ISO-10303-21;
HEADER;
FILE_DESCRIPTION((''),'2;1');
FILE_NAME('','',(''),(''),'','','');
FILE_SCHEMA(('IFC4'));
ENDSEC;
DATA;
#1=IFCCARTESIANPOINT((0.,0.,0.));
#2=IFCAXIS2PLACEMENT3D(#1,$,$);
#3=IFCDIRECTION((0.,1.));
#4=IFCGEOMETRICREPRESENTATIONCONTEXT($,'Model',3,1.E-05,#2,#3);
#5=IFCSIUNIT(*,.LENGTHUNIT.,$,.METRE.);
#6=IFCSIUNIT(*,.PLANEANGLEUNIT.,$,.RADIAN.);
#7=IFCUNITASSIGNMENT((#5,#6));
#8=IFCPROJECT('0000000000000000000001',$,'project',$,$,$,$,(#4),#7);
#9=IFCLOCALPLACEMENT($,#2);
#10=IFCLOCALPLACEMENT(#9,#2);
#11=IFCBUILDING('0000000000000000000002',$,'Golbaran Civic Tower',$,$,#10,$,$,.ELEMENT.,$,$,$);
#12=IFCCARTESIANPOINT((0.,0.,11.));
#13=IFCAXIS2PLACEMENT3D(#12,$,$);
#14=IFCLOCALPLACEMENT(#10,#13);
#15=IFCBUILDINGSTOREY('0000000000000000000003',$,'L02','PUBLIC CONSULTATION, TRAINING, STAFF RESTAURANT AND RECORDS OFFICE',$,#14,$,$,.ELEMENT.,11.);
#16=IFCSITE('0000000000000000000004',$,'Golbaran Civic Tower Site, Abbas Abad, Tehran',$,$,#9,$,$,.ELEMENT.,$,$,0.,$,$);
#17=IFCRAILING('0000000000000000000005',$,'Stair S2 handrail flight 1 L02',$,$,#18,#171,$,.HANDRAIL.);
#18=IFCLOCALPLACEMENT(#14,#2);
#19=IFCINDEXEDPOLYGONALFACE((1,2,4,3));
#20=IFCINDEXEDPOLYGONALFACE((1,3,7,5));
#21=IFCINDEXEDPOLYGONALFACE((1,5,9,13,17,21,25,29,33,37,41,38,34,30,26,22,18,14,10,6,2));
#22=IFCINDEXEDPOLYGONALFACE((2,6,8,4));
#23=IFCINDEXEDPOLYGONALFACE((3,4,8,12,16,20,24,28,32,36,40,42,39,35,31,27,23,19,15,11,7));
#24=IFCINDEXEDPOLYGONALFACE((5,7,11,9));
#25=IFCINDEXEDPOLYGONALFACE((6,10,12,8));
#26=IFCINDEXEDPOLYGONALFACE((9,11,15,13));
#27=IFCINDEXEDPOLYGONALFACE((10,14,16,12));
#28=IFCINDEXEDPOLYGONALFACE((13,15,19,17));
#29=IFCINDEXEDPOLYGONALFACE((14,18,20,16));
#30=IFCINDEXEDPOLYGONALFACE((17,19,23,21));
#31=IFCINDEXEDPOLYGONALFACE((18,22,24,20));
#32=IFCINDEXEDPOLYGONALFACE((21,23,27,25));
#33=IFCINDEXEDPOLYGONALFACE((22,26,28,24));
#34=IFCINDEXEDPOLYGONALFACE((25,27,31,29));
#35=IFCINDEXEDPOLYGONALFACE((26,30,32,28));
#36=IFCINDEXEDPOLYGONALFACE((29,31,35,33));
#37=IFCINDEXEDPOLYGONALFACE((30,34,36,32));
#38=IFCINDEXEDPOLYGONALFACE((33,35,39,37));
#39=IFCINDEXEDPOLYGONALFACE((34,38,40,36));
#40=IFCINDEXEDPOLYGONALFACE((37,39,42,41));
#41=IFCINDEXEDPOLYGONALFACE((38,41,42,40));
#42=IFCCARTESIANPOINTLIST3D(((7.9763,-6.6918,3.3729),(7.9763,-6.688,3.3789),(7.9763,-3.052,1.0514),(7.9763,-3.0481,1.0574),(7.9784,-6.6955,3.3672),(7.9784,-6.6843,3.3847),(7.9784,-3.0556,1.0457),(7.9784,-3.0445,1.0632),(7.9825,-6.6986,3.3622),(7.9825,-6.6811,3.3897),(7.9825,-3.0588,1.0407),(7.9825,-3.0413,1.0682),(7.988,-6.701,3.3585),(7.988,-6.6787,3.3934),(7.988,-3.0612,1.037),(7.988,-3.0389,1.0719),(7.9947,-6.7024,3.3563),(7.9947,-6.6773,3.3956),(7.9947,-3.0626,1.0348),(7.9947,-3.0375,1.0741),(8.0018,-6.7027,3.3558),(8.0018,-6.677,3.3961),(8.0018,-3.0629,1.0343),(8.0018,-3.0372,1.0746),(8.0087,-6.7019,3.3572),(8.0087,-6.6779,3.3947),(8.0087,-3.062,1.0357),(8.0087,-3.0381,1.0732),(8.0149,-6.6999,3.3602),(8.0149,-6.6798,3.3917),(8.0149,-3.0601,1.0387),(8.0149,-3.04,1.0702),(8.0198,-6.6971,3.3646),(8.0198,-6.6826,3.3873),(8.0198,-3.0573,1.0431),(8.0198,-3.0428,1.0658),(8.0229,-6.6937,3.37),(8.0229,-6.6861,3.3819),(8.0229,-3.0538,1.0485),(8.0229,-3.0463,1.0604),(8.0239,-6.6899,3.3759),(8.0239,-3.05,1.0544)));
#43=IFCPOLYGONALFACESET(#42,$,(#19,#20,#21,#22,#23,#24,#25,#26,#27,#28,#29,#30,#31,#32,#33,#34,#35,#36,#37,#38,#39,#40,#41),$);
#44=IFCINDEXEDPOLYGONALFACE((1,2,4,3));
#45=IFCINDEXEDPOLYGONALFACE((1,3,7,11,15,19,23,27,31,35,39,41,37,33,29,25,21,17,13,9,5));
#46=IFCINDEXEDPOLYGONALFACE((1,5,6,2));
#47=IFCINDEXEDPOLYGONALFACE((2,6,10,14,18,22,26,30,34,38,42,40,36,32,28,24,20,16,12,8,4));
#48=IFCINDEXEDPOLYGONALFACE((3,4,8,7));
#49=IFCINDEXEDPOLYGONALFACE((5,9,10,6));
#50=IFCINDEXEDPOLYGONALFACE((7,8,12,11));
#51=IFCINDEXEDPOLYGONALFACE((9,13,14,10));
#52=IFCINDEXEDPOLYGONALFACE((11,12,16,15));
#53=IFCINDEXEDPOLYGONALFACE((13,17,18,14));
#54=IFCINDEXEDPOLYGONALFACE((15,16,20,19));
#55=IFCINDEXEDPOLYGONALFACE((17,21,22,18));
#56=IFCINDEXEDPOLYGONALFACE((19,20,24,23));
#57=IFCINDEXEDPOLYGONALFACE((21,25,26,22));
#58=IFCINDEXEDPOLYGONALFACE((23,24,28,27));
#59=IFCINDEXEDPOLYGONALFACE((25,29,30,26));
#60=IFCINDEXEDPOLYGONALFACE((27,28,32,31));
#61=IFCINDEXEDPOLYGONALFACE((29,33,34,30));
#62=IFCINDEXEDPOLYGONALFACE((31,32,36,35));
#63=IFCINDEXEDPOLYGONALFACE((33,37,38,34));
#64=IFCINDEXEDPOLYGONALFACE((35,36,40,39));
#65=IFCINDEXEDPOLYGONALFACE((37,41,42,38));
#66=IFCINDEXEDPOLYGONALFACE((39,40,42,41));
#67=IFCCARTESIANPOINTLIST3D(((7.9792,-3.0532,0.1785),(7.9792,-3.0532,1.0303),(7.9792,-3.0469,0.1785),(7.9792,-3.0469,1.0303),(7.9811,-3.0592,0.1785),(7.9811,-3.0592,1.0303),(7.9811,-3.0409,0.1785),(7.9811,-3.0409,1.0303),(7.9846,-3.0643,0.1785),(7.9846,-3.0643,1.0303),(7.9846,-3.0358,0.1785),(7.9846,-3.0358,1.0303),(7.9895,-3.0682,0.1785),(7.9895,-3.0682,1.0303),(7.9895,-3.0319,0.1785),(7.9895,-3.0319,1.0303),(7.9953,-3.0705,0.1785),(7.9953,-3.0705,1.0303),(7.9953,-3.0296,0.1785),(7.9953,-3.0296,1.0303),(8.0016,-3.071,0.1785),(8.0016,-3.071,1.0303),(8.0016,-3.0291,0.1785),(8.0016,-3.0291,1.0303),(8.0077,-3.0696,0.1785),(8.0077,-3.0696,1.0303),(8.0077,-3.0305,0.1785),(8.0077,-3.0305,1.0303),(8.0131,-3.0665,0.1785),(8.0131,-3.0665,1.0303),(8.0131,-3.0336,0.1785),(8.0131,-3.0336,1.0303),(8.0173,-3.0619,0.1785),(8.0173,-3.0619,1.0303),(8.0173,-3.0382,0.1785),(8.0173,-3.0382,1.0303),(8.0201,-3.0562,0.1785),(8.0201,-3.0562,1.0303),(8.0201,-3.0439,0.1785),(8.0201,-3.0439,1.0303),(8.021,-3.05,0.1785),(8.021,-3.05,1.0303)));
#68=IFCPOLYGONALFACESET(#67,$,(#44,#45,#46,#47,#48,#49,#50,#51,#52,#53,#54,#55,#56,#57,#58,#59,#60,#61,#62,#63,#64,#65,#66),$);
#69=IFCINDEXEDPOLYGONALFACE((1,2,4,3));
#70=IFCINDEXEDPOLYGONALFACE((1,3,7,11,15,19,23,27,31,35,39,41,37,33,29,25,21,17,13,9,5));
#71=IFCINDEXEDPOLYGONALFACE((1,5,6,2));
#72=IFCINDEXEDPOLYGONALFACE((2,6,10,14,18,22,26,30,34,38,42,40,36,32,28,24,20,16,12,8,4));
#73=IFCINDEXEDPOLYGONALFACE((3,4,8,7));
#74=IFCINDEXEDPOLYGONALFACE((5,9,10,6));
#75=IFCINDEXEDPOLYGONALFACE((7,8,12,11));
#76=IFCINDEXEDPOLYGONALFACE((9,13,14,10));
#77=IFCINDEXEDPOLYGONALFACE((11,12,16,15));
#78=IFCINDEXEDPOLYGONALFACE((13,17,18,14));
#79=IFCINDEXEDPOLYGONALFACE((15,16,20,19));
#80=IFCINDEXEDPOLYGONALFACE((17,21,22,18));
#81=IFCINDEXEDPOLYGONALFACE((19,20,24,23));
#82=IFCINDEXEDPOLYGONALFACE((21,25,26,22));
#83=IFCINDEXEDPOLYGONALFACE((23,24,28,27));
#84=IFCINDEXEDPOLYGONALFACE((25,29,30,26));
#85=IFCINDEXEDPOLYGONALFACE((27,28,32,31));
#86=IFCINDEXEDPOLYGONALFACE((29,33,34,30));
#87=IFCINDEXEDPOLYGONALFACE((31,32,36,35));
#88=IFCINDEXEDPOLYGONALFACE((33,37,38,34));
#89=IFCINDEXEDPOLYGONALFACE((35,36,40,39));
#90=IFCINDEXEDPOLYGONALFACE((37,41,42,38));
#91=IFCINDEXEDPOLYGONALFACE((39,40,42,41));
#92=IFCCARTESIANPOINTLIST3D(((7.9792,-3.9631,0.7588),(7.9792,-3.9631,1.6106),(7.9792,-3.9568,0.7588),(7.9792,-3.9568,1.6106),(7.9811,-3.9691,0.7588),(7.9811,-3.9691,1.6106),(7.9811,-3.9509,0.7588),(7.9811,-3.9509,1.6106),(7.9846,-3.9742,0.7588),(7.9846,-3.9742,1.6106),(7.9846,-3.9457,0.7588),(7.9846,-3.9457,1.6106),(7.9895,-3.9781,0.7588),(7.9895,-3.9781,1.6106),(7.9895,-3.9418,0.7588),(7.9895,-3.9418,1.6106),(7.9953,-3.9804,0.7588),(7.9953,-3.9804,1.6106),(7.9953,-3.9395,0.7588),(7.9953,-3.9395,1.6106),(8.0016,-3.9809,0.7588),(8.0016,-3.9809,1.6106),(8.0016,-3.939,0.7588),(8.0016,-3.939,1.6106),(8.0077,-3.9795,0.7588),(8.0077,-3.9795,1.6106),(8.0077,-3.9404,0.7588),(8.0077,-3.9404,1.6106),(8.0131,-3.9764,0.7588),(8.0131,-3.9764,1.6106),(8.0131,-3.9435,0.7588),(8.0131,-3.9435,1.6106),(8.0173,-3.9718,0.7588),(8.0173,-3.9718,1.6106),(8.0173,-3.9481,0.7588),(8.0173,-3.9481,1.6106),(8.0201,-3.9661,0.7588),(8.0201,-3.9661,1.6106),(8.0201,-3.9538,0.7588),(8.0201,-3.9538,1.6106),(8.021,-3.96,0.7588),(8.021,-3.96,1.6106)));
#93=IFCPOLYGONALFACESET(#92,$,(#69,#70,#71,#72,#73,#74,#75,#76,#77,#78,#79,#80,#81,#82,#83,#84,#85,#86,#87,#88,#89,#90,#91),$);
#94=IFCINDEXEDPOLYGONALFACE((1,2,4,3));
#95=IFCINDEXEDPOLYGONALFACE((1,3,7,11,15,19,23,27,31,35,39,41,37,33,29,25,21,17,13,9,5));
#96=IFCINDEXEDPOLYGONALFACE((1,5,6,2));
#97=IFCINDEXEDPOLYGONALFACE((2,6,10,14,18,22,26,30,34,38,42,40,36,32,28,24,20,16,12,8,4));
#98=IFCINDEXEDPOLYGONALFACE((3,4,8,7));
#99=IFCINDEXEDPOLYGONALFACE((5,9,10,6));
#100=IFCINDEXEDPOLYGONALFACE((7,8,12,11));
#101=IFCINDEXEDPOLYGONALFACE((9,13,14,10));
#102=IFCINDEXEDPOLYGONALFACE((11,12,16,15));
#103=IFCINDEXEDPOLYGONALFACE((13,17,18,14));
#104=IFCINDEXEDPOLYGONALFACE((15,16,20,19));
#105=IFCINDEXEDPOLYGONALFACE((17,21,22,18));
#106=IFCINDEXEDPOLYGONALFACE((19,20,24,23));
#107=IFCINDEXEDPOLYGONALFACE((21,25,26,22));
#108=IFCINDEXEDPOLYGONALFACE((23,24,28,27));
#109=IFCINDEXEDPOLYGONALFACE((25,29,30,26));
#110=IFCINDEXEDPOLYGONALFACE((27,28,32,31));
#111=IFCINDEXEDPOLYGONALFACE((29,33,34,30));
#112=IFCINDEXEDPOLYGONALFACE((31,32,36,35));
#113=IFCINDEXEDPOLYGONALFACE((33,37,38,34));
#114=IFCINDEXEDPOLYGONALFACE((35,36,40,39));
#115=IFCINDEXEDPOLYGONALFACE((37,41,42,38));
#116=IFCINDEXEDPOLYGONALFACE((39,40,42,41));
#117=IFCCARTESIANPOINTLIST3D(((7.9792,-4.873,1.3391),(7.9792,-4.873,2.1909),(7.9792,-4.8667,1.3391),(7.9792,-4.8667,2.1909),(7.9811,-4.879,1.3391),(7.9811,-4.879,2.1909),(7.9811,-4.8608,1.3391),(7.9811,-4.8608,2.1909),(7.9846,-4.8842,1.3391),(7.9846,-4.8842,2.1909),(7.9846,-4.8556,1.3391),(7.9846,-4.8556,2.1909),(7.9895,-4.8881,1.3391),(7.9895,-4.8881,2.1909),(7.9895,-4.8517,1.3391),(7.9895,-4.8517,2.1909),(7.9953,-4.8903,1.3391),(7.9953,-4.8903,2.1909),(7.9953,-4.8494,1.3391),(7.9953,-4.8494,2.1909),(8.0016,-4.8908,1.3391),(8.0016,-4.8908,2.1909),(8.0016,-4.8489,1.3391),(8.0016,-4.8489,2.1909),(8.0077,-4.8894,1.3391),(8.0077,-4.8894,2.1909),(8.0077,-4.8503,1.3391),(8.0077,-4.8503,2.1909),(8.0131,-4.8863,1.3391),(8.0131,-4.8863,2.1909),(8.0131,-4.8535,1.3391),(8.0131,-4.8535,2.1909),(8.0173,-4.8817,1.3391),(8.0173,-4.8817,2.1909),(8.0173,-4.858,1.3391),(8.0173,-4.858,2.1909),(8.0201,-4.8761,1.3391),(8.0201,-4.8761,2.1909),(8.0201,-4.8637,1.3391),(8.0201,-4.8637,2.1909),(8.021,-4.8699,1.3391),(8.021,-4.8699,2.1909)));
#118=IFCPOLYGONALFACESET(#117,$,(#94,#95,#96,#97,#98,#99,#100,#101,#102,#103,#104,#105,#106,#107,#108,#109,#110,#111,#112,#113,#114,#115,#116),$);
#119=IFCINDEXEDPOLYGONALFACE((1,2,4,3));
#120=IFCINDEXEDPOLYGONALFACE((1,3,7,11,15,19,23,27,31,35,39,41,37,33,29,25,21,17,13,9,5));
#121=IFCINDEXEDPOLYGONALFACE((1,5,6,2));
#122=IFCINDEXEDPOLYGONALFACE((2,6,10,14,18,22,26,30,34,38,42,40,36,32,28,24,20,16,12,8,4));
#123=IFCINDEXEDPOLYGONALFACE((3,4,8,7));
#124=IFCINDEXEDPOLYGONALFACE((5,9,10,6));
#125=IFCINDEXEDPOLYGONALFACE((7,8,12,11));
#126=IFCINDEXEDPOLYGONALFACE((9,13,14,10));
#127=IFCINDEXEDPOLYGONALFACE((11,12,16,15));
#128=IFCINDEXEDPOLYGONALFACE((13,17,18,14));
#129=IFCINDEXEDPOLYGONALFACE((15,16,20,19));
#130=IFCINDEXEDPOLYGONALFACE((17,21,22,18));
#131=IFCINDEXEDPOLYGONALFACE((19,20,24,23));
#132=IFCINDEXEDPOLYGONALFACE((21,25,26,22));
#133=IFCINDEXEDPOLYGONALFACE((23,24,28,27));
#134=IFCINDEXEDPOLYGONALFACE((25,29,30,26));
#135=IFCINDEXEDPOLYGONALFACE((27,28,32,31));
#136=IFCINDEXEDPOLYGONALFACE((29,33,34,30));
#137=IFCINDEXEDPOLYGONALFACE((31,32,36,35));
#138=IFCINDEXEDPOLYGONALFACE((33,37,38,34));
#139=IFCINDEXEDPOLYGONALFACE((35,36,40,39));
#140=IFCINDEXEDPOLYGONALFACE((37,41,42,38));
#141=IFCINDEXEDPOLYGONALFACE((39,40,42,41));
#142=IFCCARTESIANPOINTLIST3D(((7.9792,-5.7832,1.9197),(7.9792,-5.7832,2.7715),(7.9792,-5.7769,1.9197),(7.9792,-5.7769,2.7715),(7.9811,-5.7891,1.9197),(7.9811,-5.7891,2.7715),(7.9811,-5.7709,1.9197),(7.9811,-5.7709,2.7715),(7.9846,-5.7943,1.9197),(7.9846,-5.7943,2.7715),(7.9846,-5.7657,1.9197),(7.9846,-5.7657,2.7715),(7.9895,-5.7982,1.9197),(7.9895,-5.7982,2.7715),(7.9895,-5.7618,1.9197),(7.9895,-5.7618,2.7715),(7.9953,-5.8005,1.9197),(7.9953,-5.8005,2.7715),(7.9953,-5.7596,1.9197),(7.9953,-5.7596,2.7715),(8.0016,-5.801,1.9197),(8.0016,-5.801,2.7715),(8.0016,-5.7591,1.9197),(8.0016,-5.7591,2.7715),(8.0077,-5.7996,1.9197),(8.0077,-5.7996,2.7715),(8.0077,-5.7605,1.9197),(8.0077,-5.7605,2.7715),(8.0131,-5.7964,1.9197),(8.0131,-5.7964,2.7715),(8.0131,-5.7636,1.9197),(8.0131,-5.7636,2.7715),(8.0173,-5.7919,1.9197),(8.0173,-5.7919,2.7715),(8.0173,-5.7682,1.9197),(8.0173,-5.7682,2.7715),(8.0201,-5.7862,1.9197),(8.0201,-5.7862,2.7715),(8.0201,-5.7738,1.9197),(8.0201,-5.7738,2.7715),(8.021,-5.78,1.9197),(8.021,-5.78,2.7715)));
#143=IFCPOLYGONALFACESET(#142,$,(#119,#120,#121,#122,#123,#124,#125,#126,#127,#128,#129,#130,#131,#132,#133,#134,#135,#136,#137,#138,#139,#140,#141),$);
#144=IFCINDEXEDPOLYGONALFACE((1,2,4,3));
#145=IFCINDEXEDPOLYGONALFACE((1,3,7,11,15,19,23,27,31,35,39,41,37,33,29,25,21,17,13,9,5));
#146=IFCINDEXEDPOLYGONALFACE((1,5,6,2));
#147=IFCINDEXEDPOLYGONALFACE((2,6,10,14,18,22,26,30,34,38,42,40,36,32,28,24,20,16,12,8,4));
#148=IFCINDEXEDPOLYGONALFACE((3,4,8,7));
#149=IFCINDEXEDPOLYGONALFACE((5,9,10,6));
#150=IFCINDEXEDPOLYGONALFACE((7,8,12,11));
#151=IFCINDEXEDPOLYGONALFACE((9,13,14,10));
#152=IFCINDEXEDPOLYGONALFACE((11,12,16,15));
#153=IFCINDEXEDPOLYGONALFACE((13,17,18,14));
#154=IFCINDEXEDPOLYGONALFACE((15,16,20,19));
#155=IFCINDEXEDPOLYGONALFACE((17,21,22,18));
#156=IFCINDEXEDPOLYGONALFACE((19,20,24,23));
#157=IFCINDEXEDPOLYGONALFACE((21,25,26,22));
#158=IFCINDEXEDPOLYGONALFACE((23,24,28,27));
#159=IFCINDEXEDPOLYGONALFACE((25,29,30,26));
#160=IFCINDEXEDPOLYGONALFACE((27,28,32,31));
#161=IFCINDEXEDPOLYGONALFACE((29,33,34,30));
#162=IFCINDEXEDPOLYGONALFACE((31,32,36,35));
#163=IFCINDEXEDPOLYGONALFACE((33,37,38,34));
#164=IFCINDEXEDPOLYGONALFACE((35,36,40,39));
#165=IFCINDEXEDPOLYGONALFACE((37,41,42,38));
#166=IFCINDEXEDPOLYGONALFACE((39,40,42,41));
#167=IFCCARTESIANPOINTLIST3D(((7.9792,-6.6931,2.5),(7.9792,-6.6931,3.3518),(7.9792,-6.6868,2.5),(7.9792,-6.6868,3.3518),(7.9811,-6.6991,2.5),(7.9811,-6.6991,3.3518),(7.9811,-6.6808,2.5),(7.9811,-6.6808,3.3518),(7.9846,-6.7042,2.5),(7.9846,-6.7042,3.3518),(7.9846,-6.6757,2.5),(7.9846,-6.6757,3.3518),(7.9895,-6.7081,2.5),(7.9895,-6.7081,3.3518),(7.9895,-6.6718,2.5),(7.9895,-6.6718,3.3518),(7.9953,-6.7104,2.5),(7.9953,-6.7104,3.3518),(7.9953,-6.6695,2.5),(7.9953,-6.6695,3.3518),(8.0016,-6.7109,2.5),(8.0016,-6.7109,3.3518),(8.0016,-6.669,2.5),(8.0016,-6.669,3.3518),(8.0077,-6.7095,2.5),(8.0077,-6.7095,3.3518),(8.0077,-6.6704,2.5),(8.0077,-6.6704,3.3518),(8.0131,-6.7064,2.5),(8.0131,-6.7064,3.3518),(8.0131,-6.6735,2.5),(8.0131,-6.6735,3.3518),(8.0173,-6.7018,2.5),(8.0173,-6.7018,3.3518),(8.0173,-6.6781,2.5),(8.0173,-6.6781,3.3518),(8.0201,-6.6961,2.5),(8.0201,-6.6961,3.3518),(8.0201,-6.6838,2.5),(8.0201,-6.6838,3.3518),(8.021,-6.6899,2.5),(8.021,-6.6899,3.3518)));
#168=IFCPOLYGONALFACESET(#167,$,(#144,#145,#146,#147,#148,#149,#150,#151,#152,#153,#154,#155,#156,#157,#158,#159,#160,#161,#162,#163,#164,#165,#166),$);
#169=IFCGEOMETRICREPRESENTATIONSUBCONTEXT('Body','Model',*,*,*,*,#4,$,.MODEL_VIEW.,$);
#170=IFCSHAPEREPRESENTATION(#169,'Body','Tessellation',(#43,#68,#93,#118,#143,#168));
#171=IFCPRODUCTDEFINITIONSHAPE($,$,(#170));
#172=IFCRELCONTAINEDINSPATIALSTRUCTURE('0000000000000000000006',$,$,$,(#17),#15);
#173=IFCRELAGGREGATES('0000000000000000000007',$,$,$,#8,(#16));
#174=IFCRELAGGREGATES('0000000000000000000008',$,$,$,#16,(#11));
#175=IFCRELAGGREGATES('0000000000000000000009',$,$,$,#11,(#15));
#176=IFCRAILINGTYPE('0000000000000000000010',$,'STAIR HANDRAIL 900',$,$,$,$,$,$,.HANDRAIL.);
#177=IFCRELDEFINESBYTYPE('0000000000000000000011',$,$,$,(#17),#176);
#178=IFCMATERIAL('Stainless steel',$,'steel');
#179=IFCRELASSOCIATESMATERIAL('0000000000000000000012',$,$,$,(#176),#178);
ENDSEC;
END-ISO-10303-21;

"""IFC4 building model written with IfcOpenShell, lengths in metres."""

from ifc_helpers import new_model, si_unit, direction, frame, origin, origin_2d, place, context, subcontext, project, spatial, circle, extrude, material, type_object, element, save


model = new_model("IFC4")

# Units and contexts
model_context = context("Model", 3, precision=1e-05, world=origin(), true_north=direction((0.0, 1.0)))
body_context = subcontext(model_context, "Body", "Model", "MODEL_VIEW")
ifc_project = project(units=[si_unit("LENGTHUNIT", "METRE"), si_unit("PLANEANGLEUNIT", "RADIAN")], contexts=[model_context])

# Site, building, storey
site_placement = place(None, origin())
site = spatial("IfcSite", under=ifc_project, at=site_placement, Name="Golbaran Civic Tower Site, Abbas Abad, Tehran", CompositionType="ELEMENT", RefElevation=0.0)
building_placement = place(site_placement, origin())
building = spatial("IfcBuilding", under=site, at=building_placement, Name="Golbaran Civic Tower", CompositionType="ELEMENT")
storey_placement = place(building_placement, frame((0.0, 0.0, 11.0)))
storey = spatial("IfcBuildingStorey", under=building, at=storey_placement, Name="L02", Description="PUBLIC CONSULTATION, TRAINING, STAFF RESTAURANT AND RECORDS OFFICE", CompositionType="ELEMENT", Elevation=11.0)

# Shared definitions
ifc_material_1 = material(Name="Stainless steel", Category="steel")

# Railing
railing_type_1 = type_object("IfcRailingType", Name="STAIR HANDRAIL 900", PredefinedType="HANDRAIL", material=ifc_material_1)
railing_1_placement = place(storey_placement, frame((8.0, -3.05, 0.1785)))
element("IfcRailing", 1, at=railing_1_placement, inside=storey, type_object=railing_type_1, Name="Stair S2 handrail flight 1 L02", PredefinedType="HANDRAIL", context=body_context, shape_type="SweptSolid", body=[
    extrude(circle(Radius=0.0239, at=origin_2d()), frame((0.0, 0.0, 0.876), z_axis=(0.0, -0.843112, 0.537739), x_axis=(1.0, 0.0, 0.0)), (0.0, 0.0, 1.0), 4.3171),
    extrude(circle(Radius=0.021, at=origin_2d()), origin(), (0.0, 0.0, 1.0), 0.8518),
    extrude(circle(Radius=0.021, at=origin_2d()), frame((0.0, -0.9099, 0.5803)), (0.0, 0.0, 1.0), 0.8518),
    extrude(circle(Radius=0.021, at=origin_2d()), frame((0.0, -1.8198, 1.1606)), (0.0, 0.0, 1.0), 0.8518),
    extrude(circle(Radius=0.021, at=origin_2d()), frame((0.0, -2.73, 1.7412)), (0.0, 0.0, 1.0), 0.8518),
    extrude(circle(Radius=0.021, at=origin_2d()), frame((0.0, -3.6399, 2.3215)), (0.0, 0.0, 1.0), 0.8518),
])

save(model, "model.ifc")
